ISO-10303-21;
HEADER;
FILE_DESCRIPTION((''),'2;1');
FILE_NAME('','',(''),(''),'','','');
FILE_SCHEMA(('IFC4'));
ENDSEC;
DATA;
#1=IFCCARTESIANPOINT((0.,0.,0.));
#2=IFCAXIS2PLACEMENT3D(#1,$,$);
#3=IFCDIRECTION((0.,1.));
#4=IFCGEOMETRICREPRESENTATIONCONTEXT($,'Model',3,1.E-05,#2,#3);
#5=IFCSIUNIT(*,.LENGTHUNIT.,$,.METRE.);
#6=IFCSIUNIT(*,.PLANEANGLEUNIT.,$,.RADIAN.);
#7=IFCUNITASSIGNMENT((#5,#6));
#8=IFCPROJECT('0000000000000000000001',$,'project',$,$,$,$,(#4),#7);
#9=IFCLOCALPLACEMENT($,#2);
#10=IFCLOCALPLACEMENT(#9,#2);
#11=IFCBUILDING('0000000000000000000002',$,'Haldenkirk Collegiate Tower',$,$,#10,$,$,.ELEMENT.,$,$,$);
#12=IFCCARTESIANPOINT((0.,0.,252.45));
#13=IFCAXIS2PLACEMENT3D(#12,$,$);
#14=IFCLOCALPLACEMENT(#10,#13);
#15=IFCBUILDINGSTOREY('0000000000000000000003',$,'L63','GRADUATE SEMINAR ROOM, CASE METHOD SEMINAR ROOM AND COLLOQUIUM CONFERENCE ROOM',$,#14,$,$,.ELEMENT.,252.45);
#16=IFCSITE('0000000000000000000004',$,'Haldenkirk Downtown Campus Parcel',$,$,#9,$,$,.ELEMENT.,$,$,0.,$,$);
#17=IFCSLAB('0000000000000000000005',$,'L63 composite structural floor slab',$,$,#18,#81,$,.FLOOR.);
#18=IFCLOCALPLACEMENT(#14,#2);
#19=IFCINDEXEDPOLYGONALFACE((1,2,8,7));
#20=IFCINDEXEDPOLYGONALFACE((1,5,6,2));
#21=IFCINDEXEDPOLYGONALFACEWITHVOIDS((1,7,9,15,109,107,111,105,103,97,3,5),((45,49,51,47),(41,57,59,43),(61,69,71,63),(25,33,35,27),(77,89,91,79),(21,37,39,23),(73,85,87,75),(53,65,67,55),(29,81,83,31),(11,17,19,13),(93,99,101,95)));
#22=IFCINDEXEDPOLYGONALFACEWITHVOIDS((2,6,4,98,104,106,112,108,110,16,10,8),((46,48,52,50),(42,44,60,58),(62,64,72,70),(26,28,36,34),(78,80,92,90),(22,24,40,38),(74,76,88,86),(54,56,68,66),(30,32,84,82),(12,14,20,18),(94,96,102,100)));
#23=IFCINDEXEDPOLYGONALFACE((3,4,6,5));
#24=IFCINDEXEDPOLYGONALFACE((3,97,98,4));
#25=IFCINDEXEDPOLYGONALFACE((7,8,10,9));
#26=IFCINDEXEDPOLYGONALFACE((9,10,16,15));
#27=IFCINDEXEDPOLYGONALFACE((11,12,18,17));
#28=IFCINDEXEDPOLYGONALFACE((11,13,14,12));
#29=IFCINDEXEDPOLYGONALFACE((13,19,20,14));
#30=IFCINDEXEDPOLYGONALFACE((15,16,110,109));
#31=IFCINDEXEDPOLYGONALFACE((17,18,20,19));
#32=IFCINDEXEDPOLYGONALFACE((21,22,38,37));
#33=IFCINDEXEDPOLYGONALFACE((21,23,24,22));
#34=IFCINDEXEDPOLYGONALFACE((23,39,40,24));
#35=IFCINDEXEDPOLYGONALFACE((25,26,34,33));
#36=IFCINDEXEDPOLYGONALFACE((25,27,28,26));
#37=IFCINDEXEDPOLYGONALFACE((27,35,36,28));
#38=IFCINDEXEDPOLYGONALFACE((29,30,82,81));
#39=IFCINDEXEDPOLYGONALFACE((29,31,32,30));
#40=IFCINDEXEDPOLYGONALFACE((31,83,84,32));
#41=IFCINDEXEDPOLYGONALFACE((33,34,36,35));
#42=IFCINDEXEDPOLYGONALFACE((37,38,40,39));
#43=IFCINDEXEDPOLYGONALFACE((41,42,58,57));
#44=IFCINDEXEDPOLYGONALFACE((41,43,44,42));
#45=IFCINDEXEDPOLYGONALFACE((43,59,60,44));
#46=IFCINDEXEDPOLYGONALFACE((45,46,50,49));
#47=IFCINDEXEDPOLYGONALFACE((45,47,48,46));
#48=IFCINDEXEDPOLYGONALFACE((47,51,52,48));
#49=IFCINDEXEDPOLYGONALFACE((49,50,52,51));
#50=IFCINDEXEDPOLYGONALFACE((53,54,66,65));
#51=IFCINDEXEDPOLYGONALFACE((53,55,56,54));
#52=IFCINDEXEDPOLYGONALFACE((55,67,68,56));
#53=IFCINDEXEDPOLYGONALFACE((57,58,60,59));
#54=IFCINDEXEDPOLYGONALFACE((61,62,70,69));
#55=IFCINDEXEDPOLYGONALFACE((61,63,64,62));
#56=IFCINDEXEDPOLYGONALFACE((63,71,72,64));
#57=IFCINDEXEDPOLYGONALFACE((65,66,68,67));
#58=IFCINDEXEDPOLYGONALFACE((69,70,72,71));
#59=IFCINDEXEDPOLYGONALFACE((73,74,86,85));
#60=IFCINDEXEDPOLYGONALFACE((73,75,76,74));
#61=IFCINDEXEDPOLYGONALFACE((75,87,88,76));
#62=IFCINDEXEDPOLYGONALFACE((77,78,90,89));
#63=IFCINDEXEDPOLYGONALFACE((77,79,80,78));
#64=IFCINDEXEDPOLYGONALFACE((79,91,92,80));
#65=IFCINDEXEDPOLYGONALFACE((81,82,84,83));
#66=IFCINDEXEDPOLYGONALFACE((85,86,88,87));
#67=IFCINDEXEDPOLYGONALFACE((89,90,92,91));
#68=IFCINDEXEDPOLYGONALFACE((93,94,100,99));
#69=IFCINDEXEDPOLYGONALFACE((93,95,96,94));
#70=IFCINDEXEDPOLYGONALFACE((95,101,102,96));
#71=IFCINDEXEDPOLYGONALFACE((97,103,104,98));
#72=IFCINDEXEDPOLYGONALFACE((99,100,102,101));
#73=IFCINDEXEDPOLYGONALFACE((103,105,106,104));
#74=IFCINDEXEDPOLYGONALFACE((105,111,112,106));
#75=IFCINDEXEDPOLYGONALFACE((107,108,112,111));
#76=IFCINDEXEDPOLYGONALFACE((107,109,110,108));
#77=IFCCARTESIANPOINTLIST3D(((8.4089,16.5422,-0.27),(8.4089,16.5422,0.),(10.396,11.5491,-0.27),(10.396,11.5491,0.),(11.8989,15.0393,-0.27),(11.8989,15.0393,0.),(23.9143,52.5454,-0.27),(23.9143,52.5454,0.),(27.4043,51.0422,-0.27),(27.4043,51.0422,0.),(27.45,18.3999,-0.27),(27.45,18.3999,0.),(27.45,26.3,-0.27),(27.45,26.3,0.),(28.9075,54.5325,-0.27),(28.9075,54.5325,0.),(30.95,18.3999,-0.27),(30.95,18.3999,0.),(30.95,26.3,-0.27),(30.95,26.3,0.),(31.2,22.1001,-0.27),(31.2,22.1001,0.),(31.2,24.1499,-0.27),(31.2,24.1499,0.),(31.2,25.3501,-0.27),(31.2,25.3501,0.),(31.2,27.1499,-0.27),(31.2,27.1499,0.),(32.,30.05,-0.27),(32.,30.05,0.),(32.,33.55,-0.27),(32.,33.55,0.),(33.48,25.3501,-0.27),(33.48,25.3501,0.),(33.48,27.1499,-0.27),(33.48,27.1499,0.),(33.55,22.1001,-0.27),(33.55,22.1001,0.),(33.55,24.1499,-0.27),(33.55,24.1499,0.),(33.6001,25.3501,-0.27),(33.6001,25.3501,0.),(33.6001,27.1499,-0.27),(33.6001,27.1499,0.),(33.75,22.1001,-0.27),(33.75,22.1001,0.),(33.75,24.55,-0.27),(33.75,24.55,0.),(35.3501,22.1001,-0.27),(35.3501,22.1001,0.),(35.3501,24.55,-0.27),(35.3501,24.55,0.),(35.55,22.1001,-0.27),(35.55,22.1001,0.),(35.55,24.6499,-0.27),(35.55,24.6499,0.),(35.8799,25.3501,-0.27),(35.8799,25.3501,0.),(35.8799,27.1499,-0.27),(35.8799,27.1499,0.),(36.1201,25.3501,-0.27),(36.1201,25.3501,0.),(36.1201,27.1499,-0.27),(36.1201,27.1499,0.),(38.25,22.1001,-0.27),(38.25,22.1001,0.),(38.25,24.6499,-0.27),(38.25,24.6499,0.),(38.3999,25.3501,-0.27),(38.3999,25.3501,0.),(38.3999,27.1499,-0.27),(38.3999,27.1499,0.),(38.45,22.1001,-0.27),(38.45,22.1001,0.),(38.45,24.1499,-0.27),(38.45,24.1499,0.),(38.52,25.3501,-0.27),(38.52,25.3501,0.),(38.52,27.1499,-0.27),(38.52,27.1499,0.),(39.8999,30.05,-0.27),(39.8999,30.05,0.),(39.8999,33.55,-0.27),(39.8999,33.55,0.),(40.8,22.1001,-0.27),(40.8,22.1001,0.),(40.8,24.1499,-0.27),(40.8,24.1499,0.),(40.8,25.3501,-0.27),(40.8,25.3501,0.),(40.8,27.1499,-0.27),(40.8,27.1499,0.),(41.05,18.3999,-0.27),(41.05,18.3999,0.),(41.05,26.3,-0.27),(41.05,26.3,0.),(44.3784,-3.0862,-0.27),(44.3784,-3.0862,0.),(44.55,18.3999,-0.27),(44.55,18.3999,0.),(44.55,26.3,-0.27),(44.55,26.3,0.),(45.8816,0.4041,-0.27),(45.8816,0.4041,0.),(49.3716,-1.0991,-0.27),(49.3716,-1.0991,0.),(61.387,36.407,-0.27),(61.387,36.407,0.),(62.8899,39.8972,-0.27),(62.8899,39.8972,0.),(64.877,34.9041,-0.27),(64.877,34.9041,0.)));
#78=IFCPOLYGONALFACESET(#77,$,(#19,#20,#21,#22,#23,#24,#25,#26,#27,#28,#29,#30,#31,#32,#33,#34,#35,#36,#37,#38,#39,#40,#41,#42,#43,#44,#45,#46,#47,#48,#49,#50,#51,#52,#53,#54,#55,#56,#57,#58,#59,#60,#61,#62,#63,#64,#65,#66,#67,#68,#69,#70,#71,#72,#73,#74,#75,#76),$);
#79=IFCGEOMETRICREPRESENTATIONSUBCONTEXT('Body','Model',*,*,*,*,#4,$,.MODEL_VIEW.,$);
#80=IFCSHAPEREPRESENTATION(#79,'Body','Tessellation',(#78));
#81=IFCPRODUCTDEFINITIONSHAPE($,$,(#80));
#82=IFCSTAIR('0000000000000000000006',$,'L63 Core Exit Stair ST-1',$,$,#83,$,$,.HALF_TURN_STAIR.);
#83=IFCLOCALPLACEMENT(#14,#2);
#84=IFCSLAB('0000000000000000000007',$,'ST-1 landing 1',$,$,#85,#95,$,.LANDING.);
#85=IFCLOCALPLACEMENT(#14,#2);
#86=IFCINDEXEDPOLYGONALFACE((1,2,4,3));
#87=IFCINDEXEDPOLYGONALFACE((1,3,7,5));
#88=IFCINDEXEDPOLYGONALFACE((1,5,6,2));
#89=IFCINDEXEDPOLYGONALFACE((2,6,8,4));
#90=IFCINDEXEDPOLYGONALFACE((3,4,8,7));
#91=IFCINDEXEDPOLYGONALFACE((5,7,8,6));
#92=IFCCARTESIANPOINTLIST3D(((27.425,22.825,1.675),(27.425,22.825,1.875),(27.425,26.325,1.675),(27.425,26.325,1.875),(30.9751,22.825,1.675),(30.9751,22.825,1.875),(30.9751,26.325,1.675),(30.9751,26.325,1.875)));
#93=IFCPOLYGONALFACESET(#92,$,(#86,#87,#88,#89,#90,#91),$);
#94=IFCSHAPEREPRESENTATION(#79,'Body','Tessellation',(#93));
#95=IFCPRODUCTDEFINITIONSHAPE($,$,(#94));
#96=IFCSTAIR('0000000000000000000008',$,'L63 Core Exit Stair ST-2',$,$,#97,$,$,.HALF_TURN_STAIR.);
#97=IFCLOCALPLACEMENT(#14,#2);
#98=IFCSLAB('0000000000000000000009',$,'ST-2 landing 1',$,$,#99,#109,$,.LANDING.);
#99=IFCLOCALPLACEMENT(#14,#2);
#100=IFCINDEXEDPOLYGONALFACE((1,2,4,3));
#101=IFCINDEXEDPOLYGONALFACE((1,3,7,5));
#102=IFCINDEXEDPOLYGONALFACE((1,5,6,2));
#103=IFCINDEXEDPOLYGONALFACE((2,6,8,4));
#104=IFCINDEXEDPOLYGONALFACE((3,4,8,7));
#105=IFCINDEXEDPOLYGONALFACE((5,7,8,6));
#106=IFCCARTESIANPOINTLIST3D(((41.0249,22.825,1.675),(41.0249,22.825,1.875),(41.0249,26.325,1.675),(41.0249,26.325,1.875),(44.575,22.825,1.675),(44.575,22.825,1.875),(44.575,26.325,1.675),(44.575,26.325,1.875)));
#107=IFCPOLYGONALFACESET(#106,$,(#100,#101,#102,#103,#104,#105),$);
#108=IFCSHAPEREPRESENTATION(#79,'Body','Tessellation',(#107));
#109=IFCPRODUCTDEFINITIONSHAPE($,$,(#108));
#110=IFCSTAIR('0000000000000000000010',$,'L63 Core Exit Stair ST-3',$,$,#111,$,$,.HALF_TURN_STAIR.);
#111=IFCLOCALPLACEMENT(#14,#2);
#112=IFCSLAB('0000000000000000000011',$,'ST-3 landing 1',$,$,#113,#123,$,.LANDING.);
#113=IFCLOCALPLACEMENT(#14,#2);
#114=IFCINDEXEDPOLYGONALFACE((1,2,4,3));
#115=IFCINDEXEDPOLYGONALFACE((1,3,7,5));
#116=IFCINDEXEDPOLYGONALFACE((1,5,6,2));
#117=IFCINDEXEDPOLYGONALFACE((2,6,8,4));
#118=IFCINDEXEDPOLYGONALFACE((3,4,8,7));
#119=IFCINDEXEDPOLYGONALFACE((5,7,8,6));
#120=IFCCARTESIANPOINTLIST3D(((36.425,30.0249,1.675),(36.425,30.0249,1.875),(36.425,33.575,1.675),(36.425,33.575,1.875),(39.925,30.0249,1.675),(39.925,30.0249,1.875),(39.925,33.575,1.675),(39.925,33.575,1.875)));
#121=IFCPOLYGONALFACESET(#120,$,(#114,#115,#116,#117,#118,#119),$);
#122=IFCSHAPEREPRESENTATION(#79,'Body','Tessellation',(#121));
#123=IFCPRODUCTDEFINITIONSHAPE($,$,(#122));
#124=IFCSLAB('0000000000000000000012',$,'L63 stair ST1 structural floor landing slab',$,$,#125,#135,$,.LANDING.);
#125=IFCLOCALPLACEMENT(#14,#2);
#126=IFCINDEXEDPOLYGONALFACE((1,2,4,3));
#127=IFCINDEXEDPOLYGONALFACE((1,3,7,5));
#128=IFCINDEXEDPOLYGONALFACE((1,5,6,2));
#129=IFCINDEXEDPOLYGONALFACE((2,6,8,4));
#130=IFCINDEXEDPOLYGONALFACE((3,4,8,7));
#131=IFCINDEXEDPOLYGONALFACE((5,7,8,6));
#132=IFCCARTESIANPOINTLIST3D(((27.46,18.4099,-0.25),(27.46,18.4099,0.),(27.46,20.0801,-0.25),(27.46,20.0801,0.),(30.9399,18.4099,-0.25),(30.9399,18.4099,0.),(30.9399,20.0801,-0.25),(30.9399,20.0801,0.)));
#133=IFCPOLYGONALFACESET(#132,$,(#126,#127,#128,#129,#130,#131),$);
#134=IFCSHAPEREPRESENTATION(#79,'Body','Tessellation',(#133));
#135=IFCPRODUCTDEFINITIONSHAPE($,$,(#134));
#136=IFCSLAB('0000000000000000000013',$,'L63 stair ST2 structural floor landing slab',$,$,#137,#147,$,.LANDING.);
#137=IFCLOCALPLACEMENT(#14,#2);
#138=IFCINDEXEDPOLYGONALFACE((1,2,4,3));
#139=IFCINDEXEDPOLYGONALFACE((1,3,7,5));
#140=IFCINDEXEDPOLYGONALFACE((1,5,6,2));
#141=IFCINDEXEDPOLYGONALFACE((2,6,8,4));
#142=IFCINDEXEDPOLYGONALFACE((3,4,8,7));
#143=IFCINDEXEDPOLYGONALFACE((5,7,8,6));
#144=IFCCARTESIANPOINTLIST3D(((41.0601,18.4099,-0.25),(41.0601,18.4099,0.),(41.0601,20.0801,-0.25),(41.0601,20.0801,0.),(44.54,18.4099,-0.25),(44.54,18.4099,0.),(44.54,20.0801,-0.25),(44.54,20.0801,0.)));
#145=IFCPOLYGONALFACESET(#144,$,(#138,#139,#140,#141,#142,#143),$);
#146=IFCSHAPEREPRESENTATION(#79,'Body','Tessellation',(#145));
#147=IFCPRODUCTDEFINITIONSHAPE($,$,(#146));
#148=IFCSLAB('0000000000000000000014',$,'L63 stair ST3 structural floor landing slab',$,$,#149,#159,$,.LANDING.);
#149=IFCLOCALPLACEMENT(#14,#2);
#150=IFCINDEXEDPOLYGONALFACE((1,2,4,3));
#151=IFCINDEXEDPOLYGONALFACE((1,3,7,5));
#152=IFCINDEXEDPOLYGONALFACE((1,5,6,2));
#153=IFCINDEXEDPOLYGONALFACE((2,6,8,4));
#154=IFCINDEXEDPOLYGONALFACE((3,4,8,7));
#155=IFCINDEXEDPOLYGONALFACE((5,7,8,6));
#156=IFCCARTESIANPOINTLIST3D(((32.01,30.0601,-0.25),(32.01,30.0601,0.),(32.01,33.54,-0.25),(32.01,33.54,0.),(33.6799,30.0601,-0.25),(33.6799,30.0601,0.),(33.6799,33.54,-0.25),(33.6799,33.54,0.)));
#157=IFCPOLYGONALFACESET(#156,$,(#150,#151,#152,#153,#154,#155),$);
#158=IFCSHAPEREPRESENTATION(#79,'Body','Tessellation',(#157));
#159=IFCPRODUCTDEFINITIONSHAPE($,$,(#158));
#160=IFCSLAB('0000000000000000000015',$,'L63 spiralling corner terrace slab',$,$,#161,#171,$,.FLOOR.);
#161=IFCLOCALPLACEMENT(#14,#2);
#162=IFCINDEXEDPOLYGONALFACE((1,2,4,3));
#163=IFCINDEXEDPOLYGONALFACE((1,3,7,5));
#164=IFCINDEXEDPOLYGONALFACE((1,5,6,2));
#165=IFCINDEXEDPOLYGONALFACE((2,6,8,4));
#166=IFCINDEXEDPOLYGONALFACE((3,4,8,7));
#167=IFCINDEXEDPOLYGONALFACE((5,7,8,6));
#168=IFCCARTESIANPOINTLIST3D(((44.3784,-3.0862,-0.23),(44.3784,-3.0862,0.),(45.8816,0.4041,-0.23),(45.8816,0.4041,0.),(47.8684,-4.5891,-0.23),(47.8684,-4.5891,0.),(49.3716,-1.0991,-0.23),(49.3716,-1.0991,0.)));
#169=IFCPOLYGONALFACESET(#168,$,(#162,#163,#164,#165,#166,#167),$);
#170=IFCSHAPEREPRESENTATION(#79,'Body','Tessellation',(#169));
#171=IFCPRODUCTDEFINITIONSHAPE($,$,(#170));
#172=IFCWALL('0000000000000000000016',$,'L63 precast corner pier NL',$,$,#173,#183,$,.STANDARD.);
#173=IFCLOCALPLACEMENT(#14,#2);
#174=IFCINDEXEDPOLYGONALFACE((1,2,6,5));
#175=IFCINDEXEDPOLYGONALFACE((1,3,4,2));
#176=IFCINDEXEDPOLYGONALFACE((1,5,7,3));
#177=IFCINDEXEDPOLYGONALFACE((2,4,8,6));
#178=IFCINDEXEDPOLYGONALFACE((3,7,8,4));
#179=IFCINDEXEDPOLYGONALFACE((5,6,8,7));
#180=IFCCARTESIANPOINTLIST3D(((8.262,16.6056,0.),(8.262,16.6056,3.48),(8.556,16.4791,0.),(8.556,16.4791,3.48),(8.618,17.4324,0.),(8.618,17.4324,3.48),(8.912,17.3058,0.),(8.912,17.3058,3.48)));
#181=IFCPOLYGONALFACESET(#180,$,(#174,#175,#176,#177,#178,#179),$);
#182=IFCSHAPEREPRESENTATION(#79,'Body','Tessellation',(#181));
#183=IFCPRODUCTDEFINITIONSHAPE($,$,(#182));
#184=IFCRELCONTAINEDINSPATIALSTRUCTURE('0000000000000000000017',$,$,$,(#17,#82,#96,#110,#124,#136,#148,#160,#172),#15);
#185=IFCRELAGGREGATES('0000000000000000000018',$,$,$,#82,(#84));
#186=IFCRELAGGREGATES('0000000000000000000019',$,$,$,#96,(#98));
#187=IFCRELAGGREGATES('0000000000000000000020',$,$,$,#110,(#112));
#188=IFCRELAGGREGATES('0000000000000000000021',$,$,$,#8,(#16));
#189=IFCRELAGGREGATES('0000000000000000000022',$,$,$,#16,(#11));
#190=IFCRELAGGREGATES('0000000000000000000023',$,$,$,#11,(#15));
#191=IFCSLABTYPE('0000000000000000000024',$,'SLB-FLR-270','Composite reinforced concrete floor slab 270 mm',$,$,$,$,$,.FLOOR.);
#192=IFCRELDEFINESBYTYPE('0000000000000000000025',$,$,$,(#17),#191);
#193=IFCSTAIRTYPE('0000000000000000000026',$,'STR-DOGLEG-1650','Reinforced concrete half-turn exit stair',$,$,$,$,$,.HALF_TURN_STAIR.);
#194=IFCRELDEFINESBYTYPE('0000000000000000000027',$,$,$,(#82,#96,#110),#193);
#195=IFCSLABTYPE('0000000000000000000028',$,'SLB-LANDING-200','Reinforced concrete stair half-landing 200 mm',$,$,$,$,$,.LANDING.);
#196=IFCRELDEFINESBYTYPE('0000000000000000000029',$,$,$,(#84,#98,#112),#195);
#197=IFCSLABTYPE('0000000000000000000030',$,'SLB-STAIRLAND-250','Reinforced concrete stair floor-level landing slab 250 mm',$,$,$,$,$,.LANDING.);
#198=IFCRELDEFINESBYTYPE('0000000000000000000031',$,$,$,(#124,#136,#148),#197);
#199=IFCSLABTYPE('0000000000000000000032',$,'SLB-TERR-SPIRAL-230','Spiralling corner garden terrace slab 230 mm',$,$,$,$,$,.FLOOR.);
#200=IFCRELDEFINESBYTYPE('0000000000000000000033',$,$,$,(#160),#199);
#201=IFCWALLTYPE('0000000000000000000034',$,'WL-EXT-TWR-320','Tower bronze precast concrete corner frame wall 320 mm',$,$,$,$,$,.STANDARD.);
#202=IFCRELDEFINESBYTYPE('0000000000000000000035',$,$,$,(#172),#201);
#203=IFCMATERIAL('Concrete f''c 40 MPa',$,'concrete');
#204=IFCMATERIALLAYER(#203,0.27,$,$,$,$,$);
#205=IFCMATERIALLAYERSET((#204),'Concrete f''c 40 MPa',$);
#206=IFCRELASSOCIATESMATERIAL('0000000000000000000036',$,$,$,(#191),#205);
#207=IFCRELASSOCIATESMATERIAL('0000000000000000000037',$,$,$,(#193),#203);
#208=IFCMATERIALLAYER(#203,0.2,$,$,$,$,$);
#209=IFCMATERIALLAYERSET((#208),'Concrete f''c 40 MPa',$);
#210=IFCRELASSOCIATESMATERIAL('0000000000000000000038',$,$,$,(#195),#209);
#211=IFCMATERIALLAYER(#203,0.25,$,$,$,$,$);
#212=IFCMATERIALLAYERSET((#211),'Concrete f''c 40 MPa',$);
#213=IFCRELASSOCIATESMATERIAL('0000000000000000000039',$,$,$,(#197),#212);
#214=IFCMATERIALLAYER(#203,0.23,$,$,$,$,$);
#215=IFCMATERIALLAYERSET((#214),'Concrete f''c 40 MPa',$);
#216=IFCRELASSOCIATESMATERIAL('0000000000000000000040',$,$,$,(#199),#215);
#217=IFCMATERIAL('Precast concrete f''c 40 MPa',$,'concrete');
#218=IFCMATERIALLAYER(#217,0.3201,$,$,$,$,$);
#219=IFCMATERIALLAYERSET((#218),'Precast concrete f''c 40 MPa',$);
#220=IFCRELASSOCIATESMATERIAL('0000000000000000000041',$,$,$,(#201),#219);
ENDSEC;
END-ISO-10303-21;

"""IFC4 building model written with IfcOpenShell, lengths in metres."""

from ifc_helpers import new_model, si_unit, direction, frame, frame_2d, origin, place, context, subcontext, project, spatial, polyline, rectangle, outline, extrude, material, layer, layer_set, type_object, element, aggregate, save


model = new_model("IFC4")

# Units and contexts
model_context = context("Model", 3, precision=1e-05, world=origin(), true_north=direction((0.0, 1.0)))
body_context = subcontext(model_context, "Body", "Model", "MODEL_VIEW")
ifc_project = project(units=[si_unit("LENGTHUNIT", "METRE"), si_unit("PLANEANGLEUNIT", "RADIAN")], contexts=[model_context])

# Site, building, storey
site_placement = place(None, origin())
site = spatial("IfcSite", under=ifc_project, at=site_placement, Name="Haldenkirk Downtown Campus Parcel", CompositionType="ELEMENT", RefElevation=0.0)
building_placement = place(site_placement, origin())
building = spatial("IfcBuilding", under=site, at=building_placement, Name="Haldenkirk Collegiate Tower", CompositionType="ELEMENT")
storey_placement = place(building_placement, frame((0.0, 0.0, 252.45)))
storey = spatial("IfcBuildingStorey", under=building, at=storey_placement, Name="L63", Description="GRADUATE SEMINAR ROOM, CASE METHOD SEMINAR ROOM AND COLLOQUIUM CONFERENCE ROOM", CompositionType="ELEMENT", Elevation=252.45)

# Slab
ifc_material_1 = material(Name="Concrete f'c 40 MPa", Category="concrete")
ifc_layer_1 = layer(ifc_material_1, 0.27)
ifc_layer_set_1 = layer_set([ifc_layer_1], Name="Concrete f'c 40 MPa")
slab_type_1 = type_object("IfcSlabType", Name="SLB-FLR-270", Description="Composite reinforced concrete floor slab 270 mm", PredefinedType="FLOOR", material=ifc_layer_set_1)
slab_1_placement = place(storey_placement, frame((0.0, 0.0, -0.27)))
element("IfcSlab", 1, at=slab_1_placement, inside=storey, type_object=slab_type_1, Name="L63 composite structural floor slab", PredefinedType="FLOOR", context=body_context, shape_type="SweptSolid", body=[
    extrude(outline(polyline([(49.3716, -1.0991), (64.877, 34.9041), (61.387, 36.407), (62.8899, 39.8972), (28.9075, 54.5325), (27.4043, 51.0422), (23.9143, 52.5454), (8.4089, 16.5422), (11.8989, 15.0393), (10.396, 11.5491), (44.3784, -3.0862), (45.8816, 0.4041), (49.3716, -1.0991)]), holes=[polyline([(27.45, 18.3999), (30.95, 18.3999), (30.95, 26.3), (27.45, 26.3), (27.45, 18.3999)]), polyline([(41.05, 18.3999), (44.55, 18.3999), (44.55, 26.3), (41.05, 26.3), (41.05, 18.3999)]), polyline([(32.0, 30.05), (39.8999, 30.05), (39.8999, 33.55), (32.0, 33.55), (32.0, 30.05)]), polyline([(33.75, 22.1001), (35.3501, 22.1001), (35.3501, 24.55), (33.75, 24.55), (33.75, 22.1001)]), polyline([(31.2, 25.3501), (33.48, 25.3501), (33.48, 27.1499), (31.2, 27.1499), (31.2, 25.3501)]), polyline([(33.6001, 25.3501), (35.8799, 25.3501), (35.8799, 27.1499), (33.6001, 27.1499), (33.6001, 25.3501)]), polyline([(36.1201, 25.3501), (38.3999, 25.3501), (38.3999, 27.1499), (36.1201, 27.1499), (36.1201, 25.3501)]), polyline([(38.52, 25.3501), (40.8, 25.3501), (40.8, 27.1499), (38.52, 27.1499), (38.52, 25.3501)]), polyline([(31.2, 22.1001), (33.55, 22.1001), (33.55, 24.1499), (31.2, 24.1499), (31.2, 22.1001)]), polyline([(38.45, 22.1001), (40.8, 22.1001), (40.8, 24.1499), (38.45, 24.1499), (38.45, 22.1001)]), polyline([(35.55, 22.1001), (38.25, 22.1001), (38.25, 24.6499), (35.55, 24.6499), (35.55, 22.1001)])]), origin(), (0.0, 0.0, 1.0), 0.27),
])

# Stairs, slabs
stair_type = type_object("IfcStairType", Name="STR-DOGLEG-1650", Description="Reinforced concrete half-turn exit stair", PredefinedType="HALF_TURN_STAIR", material=ifc_material_1)
stair_1_placement = place(storey_placement, origin())
stair_1 = element("IfcStair", 2, at=stair_1_placement, inside=storey, type_object=stair_type, Name="L63 Core Exit Stair ST-1", PredefinedType="HALF_TURN_STAIR")
ifc_layer_2 = layer(ifc_material_1, 0.2)
ifc_layer_set_2 = layer_set([ifc_layer_2], Name="Concrete f'c 40 MPa")
slab_type_2 = type_object("IfcSlabType", Name="SLB-LANDING-200", Description="Reinforced concrete stair half-landing 200 mm", PredefinedType="LANDING", material=ifc_layer_set_2)
slab_2_placement = place(storey_placement, frame((0.0, 0.0, 1.675)))
slab_2 = element("IfcSlab", 3, at=slab_2_placement, type_object=slab_type_2, Name="ST-1 landing 1", PredefinedType="LANDING", context=body_context, shape_type="SweptSolid", body=[
    extrude(outline(polyline([(30.9751, 22.825), (27.425, 22.825), (27.425, 26.325), (30.9751, 26.325), (30.9751, 22.825)])), origin(), (0.0, 0.0, 1.0), 0.2),
])
aggregate(stair_1, [slab_2])
stair_2_placement = place(storey_placement, origin())
stair_2 = element("IfcStair", 4, at=stair_2_placement, inside=storey, type_object=stair_type, Name="L63 Core Exit Stair ST-2", PredefinedType="HALF_TURN_STAIR")
slab_3_placement = place(storey_placement, frame((0.0, 0.0, 1.675)))
slab_3 = element("IfcSlab", 5, at=slab_3_placement, type_object=slab_type_2, Name="ST-2 landing 1", PredefinedType="LANDING", context=body_context, shape_type="SweptSolid", body=[
    extrude(outline(polyline([(44.575, 22.825), (41.0249, 22.825), (41.0249, 26.325), (44.575, 26.325), (44.575, 22.825)])), origin(), (0.0, 0.0, 1.0), 0.2),
])
aggregate(stair_2, [slab_3])
stair_3_placement = place(storey_placement, origin())
stair_3 = element("IfcStair", 6, at=stair_3_placement, inside=storey, type_object=stair_type, Name="L63 Core Exit Stair ST-3", PredefinedType="HALF_TURN_STAIR")
slab_4_placement = place(storey_placement, frame((0.0, 0.0, 1.675)))
slab_4 = element("IfcSlab", 7, at=slab_4_placement, type_object=slab_type_2, Name="ST-3 landing 1", PredefinedType="LANDING", context=body_context, shape_type="SweptSolid", body=[
    extrude(outline(polyline([(36.425, 30.0249), (36.425, 33.575), (39.925, 33.575), (39.925, 30.0249), (36.425, 30.0249)])), origin(), (0.0, 0.0, 1.0), 0.2),
])
aggregate(stair_3, [slab_4])

# Slabs
ifc_layer_3 = layer(ifc_material_1, 0.25)
ifc_layer_set_3 = layer_set([ifc_layer_3], Name="Concrete f'c 40 MPa")
slab_type_3 = type_object("IfcSlabType", Name="SLB-STAIRLAND-250", Description="Reinforced concrete stair floor-level landing slab 250 mm", PredefinedType="LANDING", material=ifc_layer_set_3)
slab_5_placement = place(storey_placement, frame((0.0, 0.0, -0.25)))
element("IfcSlab", 8, at=slab_5_placement, inside=storey, type_object=slab_type_3, Name="L63 stair ST1 structural floor landing slab", PredefinedType="LANDING", context=body_context, shape_type="SweptSolid", body=[
    extrude(outline(polyline([(27.46, 18.4099), (30.9399, 18.4099), (30.9399, 20.0801), (27.46, 20.0801), (27.46, 18.4099)])), origin(), (0.0, 0.0, 1.0), 0.25),
])
slab_6_placement = place(storey_placement, frame((0.0, 0.0, -0.25)))
element("IfcSlab", 9, at=slab_6_placement, inside=storey, type_object=slab_type_3, Name="L63 stair ST2 structural floor landing slab", PredefinedType="LANDING", context=body_context, shape_type="SweptSolid", body=[
    extrude(outline(polyline([(41.0601, 18.4099), (44.54, 18.4099), (44.54, 20.0801), (41.0601, 20.0801), (41.0601, 18.4099)])), origin(), (0.0, 0.0, 1.0), 0.25),
])
slab_7_placement = place(storey_placement, frame((0.0, 0.0, -0.25)))
element("IfcSlab", 10, at=slab_7_placement, inside=storey, type_object=slab_type_3, Name="L63 stair ST3 structural floor landing slab", PredefinedType="LANDING", context=body_context, shape_type="SweptSolid", body=[
    extrude(outline(polyline([(32.01, 30.0601), (33.6799, 30.0601), (33.6799, 33.54), (32.01, 33.54), (32.01, 30.0601)])), origin(), (0.0, 0.0, 1.0), 0.25),
])
ifc_layer_4 = layer(ifc_material_1, 0.23)
ifc_layer_set_4 = layer_set([ifc_layer_4], Name="Concrete f'c 40 MPa")
slab_type_4 = type_object("IfcSlabType", Name="SLB-TERR-SPIRAL-230", Description="Spiralling corner garden terrace slab 230 mm", PredefinedType="FLOOR", material=ifc_layer_set_4)
slab_8_placement = place(storey_placement, frame((0.0, 0.0, -0.23)))
element("IfcSlab", 11, at=slab_8_placement, inside=storey, type_object=slab_type_4, Name="L63 spiralling corner terrace slab", PredefinedType="FLOOR", context=body_context, shape_type="SweptSolid", body=[
    extrude(outline(polyline([(47.8684, -4.5891), (49.3716, -1.0991), (45.8816, 0.4041), (44.3784, -3.0862), (47.8684, -4.5891)])), origin(), (0.0, 0.0, 1.0), 0.23),
])

# Wall
ifc_material_2 = material(Name="Precast concrete f'c 40 MPa", Category="concrete")
ifc_layer_5 = layer(ifc_material_2, 0.3201)
ifc_layer_set_5 = layer_set([ifc_layer_5], Name="Precast concrete f'c 40 MPa")
wall_type_1 = type_object("IfcWallType", Name="WL-EXT-TWR-320", Description="Tower bronze precast concrete corner frame wall 320 mm", PredefinedType="STANDARD", material=ifc_layer_set_5)
wall_1_placement = place(storey_placement, frame((8.4089, 16.5422, 0.0), z_axis=(0.0, 0.0, 1.0), x_axis=(0.39549, 0.91847, 0.0)))
element("IfcWall", 12, at=wall_1_placement, inside=storey, type_object=wall_type_1, Name="L63 precast corner pier NL", PredefinedType="STANDARD", context=body_context, shape_type="SweptSolid", body=[
    extrude(rectangle(XDim=0.9001, YDim=0.3201, at=frame_2d((0.4502, 0.0))), origin(), (0.0, 0.0, 1.0), 3.48),
])

save(model, "model.ifc")
